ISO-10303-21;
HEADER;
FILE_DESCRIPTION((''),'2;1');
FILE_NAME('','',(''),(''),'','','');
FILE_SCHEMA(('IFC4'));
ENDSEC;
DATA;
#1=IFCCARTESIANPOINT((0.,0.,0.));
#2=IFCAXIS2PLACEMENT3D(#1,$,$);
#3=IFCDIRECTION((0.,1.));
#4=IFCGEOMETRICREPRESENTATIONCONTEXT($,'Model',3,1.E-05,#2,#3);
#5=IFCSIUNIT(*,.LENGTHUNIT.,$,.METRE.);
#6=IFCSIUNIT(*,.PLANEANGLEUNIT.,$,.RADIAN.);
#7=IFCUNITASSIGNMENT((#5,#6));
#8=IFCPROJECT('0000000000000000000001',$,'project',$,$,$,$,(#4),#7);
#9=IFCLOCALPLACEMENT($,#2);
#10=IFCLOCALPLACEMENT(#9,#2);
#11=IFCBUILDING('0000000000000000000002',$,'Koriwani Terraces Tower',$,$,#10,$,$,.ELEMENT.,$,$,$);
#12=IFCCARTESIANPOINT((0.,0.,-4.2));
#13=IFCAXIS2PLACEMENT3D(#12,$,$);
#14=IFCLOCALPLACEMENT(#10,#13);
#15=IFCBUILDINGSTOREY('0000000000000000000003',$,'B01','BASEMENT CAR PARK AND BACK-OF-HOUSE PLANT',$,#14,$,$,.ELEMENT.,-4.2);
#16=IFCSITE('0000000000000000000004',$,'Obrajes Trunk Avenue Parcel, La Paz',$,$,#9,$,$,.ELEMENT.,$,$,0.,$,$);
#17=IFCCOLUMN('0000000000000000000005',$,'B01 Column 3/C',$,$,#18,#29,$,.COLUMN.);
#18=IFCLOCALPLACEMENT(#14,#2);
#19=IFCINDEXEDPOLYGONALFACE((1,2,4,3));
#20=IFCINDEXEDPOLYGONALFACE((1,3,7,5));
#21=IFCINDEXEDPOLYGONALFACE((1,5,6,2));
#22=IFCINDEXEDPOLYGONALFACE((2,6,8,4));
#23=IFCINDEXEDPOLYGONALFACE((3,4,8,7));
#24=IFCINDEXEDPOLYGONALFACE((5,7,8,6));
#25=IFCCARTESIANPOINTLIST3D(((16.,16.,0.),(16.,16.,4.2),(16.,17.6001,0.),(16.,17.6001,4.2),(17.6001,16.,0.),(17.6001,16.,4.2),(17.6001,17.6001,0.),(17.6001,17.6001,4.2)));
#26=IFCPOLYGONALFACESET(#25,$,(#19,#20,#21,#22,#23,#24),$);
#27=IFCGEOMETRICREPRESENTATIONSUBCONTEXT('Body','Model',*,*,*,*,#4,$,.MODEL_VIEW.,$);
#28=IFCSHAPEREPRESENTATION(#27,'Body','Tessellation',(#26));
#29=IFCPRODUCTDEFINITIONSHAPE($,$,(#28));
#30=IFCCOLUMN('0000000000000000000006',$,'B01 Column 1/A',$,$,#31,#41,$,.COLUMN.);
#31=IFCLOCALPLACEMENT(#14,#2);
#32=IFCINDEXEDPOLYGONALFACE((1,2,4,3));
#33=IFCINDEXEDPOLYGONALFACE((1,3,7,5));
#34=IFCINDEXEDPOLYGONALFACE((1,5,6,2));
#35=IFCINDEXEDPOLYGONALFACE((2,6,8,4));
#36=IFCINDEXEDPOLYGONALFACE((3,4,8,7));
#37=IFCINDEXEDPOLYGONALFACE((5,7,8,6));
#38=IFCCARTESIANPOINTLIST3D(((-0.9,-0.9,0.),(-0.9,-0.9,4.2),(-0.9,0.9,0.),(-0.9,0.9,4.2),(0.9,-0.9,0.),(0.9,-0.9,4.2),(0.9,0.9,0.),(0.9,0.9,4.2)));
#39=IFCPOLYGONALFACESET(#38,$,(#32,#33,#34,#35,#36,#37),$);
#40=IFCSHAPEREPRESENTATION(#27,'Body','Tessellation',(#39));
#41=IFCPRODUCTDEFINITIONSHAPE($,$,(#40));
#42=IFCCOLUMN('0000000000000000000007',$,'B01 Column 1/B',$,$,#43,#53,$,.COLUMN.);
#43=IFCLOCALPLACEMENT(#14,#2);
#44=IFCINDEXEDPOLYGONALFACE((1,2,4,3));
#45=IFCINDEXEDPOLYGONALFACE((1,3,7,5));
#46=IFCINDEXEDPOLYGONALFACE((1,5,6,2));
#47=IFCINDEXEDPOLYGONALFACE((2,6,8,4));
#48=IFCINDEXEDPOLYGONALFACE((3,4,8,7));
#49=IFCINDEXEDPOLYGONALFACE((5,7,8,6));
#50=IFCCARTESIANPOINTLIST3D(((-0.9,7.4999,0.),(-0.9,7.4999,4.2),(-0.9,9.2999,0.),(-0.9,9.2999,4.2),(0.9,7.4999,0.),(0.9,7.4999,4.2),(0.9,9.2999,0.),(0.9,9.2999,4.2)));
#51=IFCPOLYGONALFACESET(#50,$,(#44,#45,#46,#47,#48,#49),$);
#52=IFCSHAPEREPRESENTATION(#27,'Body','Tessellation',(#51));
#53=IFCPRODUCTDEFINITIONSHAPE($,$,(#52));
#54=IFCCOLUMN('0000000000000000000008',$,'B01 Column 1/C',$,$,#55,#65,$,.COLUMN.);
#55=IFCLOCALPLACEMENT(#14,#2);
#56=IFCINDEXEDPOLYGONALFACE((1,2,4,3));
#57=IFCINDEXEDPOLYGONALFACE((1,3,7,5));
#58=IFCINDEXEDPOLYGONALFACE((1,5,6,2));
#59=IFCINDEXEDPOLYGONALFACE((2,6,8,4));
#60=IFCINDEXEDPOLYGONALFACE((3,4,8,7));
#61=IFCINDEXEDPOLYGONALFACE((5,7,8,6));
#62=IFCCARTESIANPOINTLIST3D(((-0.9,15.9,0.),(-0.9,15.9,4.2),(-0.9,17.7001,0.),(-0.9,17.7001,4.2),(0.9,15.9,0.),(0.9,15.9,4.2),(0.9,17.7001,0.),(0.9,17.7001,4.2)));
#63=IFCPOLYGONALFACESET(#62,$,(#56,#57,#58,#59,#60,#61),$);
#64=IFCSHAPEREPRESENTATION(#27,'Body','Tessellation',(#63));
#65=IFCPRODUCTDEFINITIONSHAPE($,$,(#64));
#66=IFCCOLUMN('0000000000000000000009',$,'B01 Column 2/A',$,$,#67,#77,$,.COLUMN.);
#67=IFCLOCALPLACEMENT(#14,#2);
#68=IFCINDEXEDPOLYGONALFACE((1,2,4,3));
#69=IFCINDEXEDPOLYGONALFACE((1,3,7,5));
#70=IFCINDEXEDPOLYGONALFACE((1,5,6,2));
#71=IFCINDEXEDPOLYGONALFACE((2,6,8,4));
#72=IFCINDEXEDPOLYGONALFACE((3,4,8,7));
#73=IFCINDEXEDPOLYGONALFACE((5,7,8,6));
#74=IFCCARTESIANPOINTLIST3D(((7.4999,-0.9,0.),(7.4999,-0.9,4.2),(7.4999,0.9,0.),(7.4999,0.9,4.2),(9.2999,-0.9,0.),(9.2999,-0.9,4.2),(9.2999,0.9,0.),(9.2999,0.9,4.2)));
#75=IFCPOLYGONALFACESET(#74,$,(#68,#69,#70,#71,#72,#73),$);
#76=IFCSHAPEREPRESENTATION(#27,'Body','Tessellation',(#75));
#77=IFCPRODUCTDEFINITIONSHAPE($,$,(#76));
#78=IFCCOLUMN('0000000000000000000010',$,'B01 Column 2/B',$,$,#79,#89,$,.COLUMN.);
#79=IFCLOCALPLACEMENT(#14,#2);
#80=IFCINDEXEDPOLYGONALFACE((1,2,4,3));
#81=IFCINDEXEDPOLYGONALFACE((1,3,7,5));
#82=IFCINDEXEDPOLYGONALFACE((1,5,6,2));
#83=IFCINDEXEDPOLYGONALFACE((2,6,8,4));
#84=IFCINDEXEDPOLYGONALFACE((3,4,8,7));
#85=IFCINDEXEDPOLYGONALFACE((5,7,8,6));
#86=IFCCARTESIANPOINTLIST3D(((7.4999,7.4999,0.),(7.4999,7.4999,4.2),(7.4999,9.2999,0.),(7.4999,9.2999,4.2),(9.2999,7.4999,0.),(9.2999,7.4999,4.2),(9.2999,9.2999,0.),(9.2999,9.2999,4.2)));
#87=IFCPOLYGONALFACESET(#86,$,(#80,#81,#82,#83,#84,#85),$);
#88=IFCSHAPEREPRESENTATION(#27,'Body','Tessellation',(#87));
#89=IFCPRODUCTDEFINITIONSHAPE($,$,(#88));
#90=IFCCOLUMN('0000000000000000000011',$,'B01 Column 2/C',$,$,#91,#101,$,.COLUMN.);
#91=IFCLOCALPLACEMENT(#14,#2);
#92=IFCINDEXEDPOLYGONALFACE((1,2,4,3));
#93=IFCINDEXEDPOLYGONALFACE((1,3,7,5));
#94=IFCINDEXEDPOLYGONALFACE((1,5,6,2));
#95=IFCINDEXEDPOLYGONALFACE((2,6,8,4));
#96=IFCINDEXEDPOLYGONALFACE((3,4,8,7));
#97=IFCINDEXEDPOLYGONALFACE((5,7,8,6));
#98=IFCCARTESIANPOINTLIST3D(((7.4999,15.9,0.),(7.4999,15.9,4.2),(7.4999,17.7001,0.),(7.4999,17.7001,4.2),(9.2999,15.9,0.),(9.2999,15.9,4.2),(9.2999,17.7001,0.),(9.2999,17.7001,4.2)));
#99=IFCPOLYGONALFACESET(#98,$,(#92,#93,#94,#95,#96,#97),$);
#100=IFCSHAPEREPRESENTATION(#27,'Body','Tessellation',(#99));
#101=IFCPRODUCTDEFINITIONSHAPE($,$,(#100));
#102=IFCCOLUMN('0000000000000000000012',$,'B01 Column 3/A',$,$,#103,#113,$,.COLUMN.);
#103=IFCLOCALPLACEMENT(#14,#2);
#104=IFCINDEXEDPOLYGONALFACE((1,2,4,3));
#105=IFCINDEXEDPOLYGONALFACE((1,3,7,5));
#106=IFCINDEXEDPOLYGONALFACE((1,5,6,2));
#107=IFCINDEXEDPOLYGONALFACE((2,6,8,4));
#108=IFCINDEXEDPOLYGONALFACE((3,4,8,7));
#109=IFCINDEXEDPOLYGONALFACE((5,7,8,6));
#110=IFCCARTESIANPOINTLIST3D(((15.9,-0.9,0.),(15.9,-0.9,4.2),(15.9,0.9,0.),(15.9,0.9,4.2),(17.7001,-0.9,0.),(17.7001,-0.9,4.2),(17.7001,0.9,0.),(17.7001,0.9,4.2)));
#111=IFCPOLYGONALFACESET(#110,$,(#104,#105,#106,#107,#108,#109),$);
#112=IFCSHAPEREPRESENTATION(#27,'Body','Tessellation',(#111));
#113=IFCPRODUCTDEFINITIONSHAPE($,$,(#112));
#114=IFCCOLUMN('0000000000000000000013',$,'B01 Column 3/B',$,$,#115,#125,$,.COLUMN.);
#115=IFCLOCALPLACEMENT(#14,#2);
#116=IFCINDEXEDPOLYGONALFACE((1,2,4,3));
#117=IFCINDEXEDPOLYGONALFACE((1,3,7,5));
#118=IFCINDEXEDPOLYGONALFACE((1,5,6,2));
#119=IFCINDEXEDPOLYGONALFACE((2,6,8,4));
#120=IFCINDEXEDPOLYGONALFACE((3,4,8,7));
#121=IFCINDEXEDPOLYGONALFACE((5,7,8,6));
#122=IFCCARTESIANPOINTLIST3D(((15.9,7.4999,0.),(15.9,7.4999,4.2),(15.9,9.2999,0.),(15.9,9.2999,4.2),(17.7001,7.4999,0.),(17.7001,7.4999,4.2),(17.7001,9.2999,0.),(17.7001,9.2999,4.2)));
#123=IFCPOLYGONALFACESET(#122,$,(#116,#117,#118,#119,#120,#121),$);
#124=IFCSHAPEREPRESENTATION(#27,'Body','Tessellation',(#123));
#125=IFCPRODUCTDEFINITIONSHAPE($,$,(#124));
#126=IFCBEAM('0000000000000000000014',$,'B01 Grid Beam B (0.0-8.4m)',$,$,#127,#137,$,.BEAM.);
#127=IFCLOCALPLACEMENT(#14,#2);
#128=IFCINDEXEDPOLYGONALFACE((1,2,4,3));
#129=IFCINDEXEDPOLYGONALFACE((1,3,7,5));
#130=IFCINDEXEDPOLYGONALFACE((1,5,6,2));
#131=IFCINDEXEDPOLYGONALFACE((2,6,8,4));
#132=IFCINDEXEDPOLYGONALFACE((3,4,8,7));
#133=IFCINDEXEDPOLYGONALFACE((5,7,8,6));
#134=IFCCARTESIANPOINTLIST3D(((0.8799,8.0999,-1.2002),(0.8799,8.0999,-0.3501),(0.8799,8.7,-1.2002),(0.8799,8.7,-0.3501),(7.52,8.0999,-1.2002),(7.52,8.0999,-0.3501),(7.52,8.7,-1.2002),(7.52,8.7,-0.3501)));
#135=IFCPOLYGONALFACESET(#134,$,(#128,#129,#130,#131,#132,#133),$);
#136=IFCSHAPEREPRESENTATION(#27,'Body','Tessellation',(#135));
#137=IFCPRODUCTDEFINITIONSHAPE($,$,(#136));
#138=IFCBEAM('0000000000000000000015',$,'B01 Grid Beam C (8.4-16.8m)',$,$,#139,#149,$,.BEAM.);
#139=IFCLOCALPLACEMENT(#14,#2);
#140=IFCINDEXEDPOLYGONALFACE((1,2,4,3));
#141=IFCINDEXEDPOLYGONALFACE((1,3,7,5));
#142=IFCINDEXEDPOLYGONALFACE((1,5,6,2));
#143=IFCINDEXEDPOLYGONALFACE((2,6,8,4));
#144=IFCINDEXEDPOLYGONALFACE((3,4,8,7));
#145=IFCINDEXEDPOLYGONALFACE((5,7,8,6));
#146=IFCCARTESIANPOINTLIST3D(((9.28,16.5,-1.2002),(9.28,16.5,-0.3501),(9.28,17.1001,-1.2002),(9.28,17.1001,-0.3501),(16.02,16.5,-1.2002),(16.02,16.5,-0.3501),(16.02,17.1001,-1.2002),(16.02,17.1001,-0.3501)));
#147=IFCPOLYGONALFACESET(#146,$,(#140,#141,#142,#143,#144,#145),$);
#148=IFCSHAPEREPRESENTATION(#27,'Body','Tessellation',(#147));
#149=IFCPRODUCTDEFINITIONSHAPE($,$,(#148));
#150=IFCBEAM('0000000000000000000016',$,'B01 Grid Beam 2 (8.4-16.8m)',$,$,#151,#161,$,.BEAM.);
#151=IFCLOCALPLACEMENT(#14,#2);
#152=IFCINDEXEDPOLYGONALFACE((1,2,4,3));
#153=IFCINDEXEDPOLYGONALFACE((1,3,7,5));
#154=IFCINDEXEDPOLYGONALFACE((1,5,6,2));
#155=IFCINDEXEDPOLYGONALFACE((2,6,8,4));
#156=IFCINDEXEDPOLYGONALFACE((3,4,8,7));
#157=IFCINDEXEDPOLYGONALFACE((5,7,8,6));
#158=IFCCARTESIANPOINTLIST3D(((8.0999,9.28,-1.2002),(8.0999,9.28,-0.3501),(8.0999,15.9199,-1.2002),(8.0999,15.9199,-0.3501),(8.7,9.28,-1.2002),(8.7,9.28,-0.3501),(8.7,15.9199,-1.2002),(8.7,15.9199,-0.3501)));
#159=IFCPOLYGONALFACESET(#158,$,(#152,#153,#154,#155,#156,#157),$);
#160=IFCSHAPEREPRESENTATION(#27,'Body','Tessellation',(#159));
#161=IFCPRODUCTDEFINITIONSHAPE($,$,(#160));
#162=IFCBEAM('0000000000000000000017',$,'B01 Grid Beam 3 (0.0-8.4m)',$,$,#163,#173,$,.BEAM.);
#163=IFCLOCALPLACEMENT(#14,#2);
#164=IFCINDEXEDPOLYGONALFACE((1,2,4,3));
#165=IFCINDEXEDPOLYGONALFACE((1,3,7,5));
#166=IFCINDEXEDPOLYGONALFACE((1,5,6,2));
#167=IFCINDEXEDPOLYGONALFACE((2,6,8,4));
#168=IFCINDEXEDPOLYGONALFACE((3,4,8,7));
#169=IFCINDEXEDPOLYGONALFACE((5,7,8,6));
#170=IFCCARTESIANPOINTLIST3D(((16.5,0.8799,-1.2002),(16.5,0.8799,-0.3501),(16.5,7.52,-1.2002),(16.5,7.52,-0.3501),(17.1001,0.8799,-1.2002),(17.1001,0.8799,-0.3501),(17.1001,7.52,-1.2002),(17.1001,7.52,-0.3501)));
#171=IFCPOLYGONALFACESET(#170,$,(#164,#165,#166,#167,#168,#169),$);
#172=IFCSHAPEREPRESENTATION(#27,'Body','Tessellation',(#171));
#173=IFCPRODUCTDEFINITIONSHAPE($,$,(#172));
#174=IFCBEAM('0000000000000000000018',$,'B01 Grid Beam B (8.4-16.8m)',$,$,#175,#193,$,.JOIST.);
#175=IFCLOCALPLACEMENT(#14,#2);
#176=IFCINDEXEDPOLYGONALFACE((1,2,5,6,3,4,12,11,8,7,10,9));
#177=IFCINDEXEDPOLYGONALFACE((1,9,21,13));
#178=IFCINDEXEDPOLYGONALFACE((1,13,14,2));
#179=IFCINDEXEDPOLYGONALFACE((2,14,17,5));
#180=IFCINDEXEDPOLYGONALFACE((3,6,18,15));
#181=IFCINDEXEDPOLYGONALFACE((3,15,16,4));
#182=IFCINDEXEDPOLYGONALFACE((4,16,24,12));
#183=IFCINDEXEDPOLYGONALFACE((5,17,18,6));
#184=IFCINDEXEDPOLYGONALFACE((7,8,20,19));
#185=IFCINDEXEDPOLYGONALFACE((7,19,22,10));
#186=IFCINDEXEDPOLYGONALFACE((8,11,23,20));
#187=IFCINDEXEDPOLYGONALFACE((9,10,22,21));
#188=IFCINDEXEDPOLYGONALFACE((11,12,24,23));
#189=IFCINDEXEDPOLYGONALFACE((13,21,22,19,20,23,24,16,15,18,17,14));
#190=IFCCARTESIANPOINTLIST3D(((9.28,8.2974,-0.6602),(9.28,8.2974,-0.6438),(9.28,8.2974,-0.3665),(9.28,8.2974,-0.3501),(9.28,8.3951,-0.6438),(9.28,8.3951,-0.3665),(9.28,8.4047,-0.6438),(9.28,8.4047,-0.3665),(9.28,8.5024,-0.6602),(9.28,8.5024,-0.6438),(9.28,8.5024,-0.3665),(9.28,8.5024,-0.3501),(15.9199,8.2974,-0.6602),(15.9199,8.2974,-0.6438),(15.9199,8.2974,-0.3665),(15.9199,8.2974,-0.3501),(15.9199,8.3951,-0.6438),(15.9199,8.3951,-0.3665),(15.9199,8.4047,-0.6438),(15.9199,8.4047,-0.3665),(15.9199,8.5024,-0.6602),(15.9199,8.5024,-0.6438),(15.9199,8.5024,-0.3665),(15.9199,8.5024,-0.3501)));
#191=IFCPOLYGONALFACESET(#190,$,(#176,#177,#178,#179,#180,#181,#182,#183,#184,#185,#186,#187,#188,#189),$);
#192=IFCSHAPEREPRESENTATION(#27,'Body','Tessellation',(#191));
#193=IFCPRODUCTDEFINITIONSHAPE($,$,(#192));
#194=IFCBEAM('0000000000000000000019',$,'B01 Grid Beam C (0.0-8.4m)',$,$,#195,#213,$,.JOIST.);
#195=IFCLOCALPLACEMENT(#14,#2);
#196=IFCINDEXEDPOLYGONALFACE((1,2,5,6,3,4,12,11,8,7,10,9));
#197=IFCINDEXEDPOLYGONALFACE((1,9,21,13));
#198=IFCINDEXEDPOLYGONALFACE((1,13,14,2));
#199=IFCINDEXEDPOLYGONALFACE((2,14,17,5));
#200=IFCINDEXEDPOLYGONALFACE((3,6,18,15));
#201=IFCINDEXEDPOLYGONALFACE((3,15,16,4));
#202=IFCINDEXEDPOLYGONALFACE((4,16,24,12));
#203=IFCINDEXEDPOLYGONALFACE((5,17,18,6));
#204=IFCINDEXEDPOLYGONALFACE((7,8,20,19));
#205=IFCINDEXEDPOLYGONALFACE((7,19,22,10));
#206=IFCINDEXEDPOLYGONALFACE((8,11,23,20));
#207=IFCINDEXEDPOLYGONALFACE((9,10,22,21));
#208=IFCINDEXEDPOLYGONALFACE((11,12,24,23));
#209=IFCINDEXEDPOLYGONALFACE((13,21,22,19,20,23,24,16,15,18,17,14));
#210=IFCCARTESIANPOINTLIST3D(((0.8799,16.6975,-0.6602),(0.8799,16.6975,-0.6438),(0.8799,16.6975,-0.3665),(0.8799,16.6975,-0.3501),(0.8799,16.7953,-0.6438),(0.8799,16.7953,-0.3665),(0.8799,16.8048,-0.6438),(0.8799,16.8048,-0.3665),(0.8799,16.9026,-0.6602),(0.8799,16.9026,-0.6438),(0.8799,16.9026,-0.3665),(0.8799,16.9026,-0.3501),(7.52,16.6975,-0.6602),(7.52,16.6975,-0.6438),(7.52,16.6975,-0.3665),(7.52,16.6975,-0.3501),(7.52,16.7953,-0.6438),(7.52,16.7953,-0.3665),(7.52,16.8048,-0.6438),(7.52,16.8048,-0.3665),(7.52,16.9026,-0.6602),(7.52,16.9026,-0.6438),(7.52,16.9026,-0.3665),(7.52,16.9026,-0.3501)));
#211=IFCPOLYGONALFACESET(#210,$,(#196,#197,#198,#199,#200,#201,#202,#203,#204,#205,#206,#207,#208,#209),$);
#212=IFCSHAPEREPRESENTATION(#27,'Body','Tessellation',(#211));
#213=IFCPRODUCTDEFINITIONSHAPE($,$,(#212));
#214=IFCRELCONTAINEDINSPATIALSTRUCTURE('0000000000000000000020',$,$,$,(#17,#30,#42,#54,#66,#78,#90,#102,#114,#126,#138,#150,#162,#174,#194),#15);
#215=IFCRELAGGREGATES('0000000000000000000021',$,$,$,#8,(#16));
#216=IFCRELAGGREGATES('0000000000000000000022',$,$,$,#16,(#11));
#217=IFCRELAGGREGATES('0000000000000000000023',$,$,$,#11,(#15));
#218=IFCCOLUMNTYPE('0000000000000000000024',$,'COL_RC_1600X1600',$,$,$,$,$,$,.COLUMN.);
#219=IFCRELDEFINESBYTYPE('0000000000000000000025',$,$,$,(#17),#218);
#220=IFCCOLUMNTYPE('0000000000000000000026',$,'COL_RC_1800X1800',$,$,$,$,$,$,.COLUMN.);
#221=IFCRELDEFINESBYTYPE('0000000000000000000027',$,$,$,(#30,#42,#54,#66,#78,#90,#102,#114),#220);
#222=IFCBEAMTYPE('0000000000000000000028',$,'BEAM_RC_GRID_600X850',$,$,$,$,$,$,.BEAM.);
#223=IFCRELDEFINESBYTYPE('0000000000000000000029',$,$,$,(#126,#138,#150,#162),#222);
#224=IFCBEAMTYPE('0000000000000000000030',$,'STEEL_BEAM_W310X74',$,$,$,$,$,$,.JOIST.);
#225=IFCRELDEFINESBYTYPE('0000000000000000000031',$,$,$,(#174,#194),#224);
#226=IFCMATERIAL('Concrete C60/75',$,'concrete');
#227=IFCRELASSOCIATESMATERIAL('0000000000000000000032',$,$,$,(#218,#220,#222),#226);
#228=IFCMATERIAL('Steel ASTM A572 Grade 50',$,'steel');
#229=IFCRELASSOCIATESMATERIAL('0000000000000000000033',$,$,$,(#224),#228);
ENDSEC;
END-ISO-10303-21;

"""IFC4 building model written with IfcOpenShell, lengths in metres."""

from ifc_helpers import new_model, si_unit, direction, frame, origin, origin_2d, place, context, subcontext, project, spatial, rectangle, i_section, extrude, material, material_profile, profile_set, type_object, element, save


model = new_model("IFC4")

# Units and contexts
model_context = context("Model", 3, precision=1e-05, world=origin(), true_north=direction((0.0, 1.0)))
body_context = subcontext(model_context, "Body", "Model", "MODEL_VIEW")
ifc_project = project(units=[si_unit("LENGTHUNIT", "METRE"), si_unit("PLANEANGLEUNIT", "RADIAN")], contexts=[model_context])

# Site, building, storey
site_placement = place(None, origin())
site = spatial("IfcSite", under=ifc_project, at=site_placement, Name="Obrajes Trunk Avenue Parcel, La Paz", CompositionType="ELEMENT", RefElevation=0.0)
building_placement = place(site_placement, origin())
building = spatial("IfcBuilding", under=site, at=building_placement, Name="Koriwani Terraces Tower", CompositionType="ELEMENT")
storey_placement = place(building_placement, frame((0.0, 0.0, -4.2)))
storey = spatial("IfcBuildingStorey", under=building, at=storey_placement, Name="B01", Description="BASEMENT CAR PARK AND BACK-OF-HOUSE PLANT", CompositionType="ELEMENT", Elevation=-4.2)

# Columns
ifc_material_1 = material(Name="Concrete C60/75", Category="concrete")
ifc_material_profile_1 = material_profile(ifc_material_1, rectangle(XDim=1.6001, YDim=1.6001, at=origin_2d()), Name="Concrete C60/75", Category="LoadBearing")
ifc_profile_set_1 = profile_set([ifc_material_profile_1], Name="Concrete C60/75")
column_type_1 = type_object("IfcColumnType", Name="COL_RC_1600X1600", PredefinedType="COLUMN", material=ifc_profile_set_1)
column_placement = place(storey_placement, frame((16.8, 16.8, 0.0), z_axis=(0.0, 0.0, 1.0), x_axis=(1.0, 0.0, 0.0)))
element("IfcColumn", 1, at=column_placement, inside=storey, type_object=column_type_1, Name="B01 Column 3/C", PredefinedType="COLUMN", context=body_context, shape_type="SweptSolid", body=[
    extrude(rectangle(XDim=1.6001, YDim=1.6001, at=origin_2d()), origin(), (0.0, 0.0, 1.0), 4.2),
])
ifc_material_profile_2 = material_profile(ifc_material_1, rectangle(XDim=1.8, YDim=1.8, at=origin_2d()), Name="Concrete C60/75", Category="LoadBearing")
ifc_profile_set_2 = profile_set([ifc_material_profile_2], Name="Concrete C60/75")
column_type_2 = type_object("IfcColumnType", Name="COL_RC_1800X1800", PredefinedType="COLUMN", material=ifc_profile_set_2)
for number, where, z_axis, x_axis, name in (
    (2, (0.0, 0.0, 0.0), (0.0, 0.0, 1.0), (1.0, 0.0, 0.0), "B01 Column 1/A"),
    (3, (0.0, 8.3999, 0.0), (0.0, 0.0, 1.0), (1.0, 0.0, 0.0), "B01 Column 1/B"),
    (4, (0.0, 16.8, 0.0), (0.0, 0.0, 1.0), (1.0, 0.0, 0.0), "B01 Column 1/C"),
    (5, (8.3999, 0.0, 0.0), (0.0, 0.0, 1.0), (1.0, 0.0, 0.0), "B01 Column 2/A"),
    (6, (8.3999, 8.3999, 0.0), (0.0, 0.0, 1.0), (1.0, 0.0, 0.0), "B01 Column 2/B"),
    (7, (8.3999, 16.8, 0.0), (0.0, 0.0, 1.0), (1.0, 0.0, 0.0), "B01 Column 2/C"),
    (8, (16.8, 0.0, 0.0), (0.0, 0.0, 1.0), (1.0, 0.0, 0.0), "B01 Column 3/A"),
    (9, (16.8, 8.3999, 0.0), (0.0, 0.0, 1.0), (1.0, 0.0, 0.0), "B01 Column 3/B"),
):
    element("IfcColumn", number, at=place(storey_placement, frame(where, z_axis=z_axis, x_axis=x_axis)), inside=storey, type_object=column_type_2, Name=name, PredefinedType="COLUMN", context=body_context, shape_type="SweptSolid", body=[
        extrude(rectangle(XDim=1.8, YDim=1.8, at=origin_2d()), origin(), (0.0, 0.0, 1.0), 4.2),
    ])

# Beams
ifc_material_profile_3 = material_profile(ifc_material_1, rectangle(XDim=0.6001, YDim=0.8501, at=origin_2d()), Name="Concrete C60/75", Category="LoadBearing")
ifc_profile_set_3 = profile_set([ifc_material_profile_3], Name="Concrete C60/75")
beam_type_1 = type_object("IfcBeamType", Name="BEAM_RC_GRID_600X850", PredefinedType="BEAM", material=ifc_profile_set_3)
beam_1_placement = place(storey_placement, frame((0.8799, 8.3999, -0.7751), z_axis=(1.0, 0.0, 0.0), x_axis=(0.0, 1.0, 0.0)))
element("IfcBeam", 10, at=beam_1_placement, inside=storey, type_object=beam_type_1, Name="B01 Grid Beam B (0.0-8.4m)", PredefinedType="BEAM", context=body_context, shape_type="SweptSolid", body=[
    extrude(rectangle(XDim=0.6001, YDim=0.8501, at=origin_2d()), origin(), (0.0, 0.0, 1.0), 6.6401),
])
beam_2_placement = place(storey_placement, frame((9.28, 16.8, -0.7751), z_axis=(1.0, 0.0, 0.0), x_axis=(0.0, 1.0, 0.0)))
element("IfcBeam", 11, at=beam_2_placement, inside=storey, type_object=beam_type_1, Name="B01 Grid Beam C (8.4-16.8m)", PredefinedType="BEAM", context=body_context, shape_type="SweptSolid", body=[
    extrude(rectangle(XDim=0.6001, YDim=0.8501, at=origin_2d()), origin(), (0.0, 0.0, 1.0), 6.74),
])
beam_3_placement = place(storey_placement, frame((8.3999, 9.28, -0.7751), z_axis=(0.0, 1.0, 0.0), x_axis=(-1.0, 0.0, 0.0)))
element("IfcBeam", 12, at=beam_3_placement, inside=storey, type_object=beam_type_1, Name="B01 Grid Beam 2 (8.4-16.8m)", PredefinedType="BEAM", context=body_context, shape_type="SweptSolid", body=[
    extrude(rectangle(XDim=0.6001, YDim=0.8501, at=origin_2d()), origin(), (0.0, 0.0, 1.0), 6.6399),
])
beam_4_placement = place(storey_placement, frame((16.8, 0.8799, -0.7751), z_axis=(0.0, 1.0, 0.0), x_axis=(-1.0, 0.0, 0.0)))
element("IfcBeam", 13, at=beam_4_placement, inside=storey, type_object=beam_type_1, Name="B01 Grid Beam 3 (0.0-8.4m)", PredefinedType="BEAM", context=body_context, shape_type="SweptSolid", body=[
    extrude(rectangle(XDim=0.6001, YDim=0.8501, at=origin_2d()), origin(), (0.0, 0.0, 1.0), 6.6401),
])
ifc_material_2 = material(Name="Steel ASTM A572 Grade 50", Category="steel")
ifc_material_profile_4 = material_profile(ifc_material_2, i_section(OverallWidth=0.2051, OverallDepth=0.3101, WebThickness=0.0095, FlangeThickness=0.0164, at=origin_2d()), Name="Steel ASTM A572 Grade 50", Category="LoadBearing")
ifc_profile_set_4 = profile_set([ifc_material_profile_4], Name="Steel ASTM A572 Grade 50")
beam_type_2 = type_object("IfcBeamType", Name="STEEL_BEAM_W310X74", PredefinedType="JOIST", material=ifc_profile_set_4)
beam_5_placement = place(storey_placement, frame((9.28, 8.3999, -0.5051), z_axis=(1.0, 0.0, 0.0), x_axis=(0.0, 1.0, 0.0)))
element("IfcBeam", 14, at=beam_5_placement, inside=storey, type_object=beam_type_2, Name="B01 Grid Beam B (8.4-16.8m)", PredefinedType="JOIST", context=body_context, shape_type="SweptSolid", body=[
    extrude(i_section(OverallWidth=0.2051, OverallDepth=0.3101, WebThickness=0.0095, FlangeThickness=0.0164, at=origin_2d()), origin(), (0.0, 0.0, 1.0), 6.6399),
])
for number, where, z_axis, x_axis, name in (
    (15, (0.8799, 16.8, -0.5051), (1.0, 0.0, 0.0), (0.0, 1.0, 0.0), "B01 Grid Beam C (0.0-8.4m)"),
):
    element("IfcBeam", number, at=place(storey_placement, frame(where, z_axis=z_axis, x_axis=x_axis)), inside=storey, type_object=beam_type_2, Name=name, PredefinedType="JOIST", context=body_context, shape_type="SweptSolid", body=[
        extrude(i_section(OverallWidth=0.2051, OverallDepth=0.3101, WebThickness=0.0095, FlangeThickness=0.0164, at=origin_2d()), origin(), (0.0, 0.0, 1.0), 6.6401),
    ])

save(model, "model.ifc")
